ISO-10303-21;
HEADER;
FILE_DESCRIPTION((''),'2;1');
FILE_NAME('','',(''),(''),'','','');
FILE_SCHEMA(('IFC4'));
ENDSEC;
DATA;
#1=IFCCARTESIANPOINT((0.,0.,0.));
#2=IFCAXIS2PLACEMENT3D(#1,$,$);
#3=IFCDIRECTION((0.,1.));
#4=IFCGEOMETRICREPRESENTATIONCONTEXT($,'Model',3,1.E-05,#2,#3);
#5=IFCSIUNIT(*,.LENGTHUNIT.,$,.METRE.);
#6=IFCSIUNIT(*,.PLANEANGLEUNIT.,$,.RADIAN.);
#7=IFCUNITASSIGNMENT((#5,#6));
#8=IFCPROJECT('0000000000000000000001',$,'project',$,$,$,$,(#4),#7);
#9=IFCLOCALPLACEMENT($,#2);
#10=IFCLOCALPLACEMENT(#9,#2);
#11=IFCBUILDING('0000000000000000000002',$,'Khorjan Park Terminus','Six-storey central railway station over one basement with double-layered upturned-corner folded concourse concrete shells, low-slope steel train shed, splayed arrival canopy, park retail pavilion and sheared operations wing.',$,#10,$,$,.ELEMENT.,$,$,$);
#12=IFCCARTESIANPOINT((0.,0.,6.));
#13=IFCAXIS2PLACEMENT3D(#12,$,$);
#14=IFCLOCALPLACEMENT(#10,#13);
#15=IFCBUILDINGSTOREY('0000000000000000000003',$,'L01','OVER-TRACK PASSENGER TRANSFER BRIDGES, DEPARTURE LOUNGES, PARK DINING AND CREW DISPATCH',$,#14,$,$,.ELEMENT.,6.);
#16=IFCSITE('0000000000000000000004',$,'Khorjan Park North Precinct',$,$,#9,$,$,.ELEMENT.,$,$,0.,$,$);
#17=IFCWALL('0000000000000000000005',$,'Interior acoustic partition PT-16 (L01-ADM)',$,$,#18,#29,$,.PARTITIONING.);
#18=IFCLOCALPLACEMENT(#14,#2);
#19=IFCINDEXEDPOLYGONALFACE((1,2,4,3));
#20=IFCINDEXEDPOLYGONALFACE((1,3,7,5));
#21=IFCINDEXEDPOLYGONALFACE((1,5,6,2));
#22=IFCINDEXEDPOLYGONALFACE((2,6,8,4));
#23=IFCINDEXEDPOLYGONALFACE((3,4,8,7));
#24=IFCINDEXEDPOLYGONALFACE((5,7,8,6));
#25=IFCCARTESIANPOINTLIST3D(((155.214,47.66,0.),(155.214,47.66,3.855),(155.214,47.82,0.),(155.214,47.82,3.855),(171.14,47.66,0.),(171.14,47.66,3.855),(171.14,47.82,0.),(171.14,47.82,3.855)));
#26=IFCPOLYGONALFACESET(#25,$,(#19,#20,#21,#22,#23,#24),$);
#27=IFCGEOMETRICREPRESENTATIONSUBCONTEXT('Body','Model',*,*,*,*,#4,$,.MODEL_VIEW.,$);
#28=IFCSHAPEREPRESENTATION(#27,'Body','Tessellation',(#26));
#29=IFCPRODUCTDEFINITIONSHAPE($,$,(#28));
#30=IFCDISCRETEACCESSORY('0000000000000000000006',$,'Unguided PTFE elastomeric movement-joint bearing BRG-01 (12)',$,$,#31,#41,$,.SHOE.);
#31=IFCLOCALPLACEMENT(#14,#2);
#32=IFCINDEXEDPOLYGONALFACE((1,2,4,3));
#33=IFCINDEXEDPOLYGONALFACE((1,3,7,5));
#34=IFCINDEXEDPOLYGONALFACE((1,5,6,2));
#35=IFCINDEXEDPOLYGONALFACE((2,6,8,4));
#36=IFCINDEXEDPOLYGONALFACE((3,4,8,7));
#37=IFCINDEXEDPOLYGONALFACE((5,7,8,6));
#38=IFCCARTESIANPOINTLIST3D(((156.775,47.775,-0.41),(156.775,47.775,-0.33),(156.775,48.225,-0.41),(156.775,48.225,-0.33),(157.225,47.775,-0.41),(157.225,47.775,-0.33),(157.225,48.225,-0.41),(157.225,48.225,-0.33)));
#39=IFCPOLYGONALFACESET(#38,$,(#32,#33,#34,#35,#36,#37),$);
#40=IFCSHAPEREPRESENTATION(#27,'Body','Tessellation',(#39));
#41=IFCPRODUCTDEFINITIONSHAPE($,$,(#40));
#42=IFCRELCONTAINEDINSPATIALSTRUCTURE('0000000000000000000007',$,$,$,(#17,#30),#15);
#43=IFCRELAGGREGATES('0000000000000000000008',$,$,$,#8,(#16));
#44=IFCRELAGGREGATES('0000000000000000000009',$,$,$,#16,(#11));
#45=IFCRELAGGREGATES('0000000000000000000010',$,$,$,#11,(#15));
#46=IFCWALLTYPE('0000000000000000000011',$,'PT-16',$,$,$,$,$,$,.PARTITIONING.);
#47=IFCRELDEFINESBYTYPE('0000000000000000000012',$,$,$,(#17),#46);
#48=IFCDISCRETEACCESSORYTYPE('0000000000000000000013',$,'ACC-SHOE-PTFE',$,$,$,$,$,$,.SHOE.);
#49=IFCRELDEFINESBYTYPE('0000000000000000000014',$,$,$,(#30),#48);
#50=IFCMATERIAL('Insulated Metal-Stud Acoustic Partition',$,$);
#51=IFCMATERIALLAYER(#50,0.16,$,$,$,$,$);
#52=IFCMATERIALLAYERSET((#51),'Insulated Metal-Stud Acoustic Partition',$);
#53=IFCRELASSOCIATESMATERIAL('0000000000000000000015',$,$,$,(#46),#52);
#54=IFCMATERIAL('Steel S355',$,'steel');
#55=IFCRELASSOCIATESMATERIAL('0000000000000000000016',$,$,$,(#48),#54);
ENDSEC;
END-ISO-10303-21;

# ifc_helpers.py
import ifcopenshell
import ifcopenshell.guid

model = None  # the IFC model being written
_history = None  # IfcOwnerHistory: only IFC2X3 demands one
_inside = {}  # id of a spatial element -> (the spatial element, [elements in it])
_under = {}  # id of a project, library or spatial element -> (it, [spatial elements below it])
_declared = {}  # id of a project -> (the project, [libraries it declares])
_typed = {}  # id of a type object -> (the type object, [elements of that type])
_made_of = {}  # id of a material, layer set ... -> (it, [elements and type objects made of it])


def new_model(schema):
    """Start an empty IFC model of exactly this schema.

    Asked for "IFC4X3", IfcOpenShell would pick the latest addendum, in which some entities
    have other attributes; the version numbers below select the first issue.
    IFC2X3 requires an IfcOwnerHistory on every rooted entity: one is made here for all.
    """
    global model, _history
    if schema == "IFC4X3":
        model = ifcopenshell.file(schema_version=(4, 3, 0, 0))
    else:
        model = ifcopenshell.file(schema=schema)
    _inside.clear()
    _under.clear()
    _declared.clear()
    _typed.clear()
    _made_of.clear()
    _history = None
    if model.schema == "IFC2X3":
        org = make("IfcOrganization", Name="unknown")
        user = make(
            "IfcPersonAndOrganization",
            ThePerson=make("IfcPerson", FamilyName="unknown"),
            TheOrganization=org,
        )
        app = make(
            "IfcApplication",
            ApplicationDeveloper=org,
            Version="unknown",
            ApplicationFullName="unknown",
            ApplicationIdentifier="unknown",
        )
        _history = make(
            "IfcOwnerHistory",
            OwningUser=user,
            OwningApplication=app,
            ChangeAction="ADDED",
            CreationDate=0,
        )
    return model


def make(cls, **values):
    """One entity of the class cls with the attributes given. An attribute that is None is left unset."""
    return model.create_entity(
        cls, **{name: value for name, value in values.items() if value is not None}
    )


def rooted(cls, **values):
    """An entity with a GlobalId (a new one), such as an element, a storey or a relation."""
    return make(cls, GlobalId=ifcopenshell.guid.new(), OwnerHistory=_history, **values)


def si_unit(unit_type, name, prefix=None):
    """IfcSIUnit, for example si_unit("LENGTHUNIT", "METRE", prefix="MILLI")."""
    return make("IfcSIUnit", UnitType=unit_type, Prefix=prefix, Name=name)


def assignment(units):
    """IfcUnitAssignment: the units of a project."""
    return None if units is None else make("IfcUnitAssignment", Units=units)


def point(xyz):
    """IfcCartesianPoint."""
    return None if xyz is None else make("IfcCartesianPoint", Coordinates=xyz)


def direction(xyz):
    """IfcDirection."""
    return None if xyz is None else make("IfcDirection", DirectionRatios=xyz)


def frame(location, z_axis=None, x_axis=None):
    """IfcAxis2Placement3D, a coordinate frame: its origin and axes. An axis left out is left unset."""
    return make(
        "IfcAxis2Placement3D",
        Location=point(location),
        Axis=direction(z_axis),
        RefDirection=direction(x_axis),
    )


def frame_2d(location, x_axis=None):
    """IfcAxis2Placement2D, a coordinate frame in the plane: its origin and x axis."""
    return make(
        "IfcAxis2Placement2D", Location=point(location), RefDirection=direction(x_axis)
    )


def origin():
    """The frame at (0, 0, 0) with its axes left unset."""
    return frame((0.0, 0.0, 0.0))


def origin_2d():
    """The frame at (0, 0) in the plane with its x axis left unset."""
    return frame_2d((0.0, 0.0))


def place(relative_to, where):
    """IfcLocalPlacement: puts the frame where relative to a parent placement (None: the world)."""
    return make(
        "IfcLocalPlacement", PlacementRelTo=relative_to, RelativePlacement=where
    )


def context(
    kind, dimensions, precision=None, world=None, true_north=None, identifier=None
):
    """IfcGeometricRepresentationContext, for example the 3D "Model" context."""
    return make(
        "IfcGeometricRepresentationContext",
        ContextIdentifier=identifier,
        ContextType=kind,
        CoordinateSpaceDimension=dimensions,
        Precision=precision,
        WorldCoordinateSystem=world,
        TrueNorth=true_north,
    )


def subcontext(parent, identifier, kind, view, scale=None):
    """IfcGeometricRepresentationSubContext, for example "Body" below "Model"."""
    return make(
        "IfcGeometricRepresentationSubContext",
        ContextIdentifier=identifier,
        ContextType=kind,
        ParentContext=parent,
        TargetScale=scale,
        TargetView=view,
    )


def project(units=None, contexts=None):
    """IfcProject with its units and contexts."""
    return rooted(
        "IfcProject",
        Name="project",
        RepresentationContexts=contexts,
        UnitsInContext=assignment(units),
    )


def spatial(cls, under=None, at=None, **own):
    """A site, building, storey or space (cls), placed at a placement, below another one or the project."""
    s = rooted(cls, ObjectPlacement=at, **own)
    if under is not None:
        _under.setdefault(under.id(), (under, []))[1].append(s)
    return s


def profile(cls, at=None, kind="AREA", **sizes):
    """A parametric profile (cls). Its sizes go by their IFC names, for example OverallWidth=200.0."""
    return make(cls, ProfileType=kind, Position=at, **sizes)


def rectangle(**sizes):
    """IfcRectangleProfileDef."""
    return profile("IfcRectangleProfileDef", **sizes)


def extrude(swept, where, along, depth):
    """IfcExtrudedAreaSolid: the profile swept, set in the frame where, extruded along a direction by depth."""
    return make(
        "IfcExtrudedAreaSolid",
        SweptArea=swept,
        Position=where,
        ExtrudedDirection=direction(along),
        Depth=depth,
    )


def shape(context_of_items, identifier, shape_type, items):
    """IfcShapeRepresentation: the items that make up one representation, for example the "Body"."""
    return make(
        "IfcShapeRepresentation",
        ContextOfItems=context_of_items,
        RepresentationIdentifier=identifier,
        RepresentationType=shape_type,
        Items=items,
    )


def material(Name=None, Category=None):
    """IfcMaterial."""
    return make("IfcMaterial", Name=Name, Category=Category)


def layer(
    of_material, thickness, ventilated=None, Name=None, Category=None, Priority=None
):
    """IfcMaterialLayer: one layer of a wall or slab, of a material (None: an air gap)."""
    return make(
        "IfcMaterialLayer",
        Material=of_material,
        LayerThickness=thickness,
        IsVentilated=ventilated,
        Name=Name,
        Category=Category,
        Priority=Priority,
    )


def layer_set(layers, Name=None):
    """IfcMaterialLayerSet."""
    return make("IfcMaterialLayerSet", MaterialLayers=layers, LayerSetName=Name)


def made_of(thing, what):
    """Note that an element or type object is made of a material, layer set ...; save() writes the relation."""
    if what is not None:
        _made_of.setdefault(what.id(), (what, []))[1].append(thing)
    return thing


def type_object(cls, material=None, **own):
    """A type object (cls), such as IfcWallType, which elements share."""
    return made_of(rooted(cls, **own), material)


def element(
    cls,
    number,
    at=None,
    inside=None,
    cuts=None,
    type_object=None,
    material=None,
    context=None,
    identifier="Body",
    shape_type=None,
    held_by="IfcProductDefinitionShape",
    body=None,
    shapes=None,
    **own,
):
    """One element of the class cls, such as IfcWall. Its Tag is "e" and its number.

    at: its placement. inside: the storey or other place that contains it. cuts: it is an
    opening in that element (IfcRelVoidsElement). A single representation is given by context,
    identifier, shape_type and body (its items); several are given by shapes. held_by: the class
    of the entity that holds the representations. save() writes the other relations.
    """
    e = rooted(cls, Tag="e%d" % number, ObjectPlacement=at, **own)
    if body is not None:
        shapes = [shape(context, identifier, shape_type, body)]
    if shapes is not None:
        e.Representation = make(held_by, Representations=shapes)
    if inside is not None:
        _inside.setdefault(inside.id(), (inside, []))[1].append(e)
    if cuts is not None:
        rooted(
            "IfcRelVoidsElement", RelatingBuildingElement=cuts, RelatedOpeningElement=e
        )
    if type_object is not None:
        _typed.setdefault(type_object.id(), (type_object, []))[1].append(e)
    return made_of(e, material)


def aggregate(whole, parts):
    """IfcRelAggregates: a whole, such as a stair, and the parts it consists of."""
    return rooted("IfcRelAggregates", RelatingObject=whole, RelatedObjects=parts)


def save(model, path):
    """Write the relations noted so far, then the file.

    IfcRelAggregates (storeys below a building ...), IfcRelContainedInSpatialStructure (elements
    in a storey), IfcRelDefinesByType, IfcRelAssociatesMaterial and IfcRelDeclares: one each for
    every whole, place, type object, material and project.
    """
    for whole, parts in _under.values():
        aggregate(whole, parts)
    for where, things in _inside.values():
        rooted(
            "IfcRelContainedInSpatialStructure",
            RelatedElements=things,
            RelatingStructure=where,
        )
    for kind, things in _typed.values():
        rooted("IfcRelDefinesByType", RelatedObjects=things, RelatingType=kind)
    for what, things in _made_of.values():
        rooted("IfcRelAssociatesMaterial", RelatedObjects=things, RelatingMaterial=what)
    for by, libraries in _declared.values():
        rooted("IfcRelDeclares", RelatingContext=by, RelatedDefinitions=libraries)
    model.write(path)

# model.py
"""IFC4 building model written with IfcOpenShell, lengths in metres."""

from ifc_helpers import new_model, si_unit, direction, frame, frame_2d, origin, origin_2d, place, context, subcontext, project, spatial, rectangle, extrude, material, layer, layer_set, type_object, element, save


model = new_model("IFC4")

# Units and contexts
model_context = context("Model", 3, precision=1e-05, world=origin(), true_north=direction((0.0, 1.0)))
body_context = subcontext(model_context, "Body", "Model", "MODEL_VIEW")
ifc_project = project(units=[si_unit("LENGTHUNIT", "METRE"), si_unit("PLANEANGLEUNIT", "RADIAN")], contexts=[model_context])

# Site, building, storey
site_placement = place(None, origin())
site = spatial("IfcSite", under=ifc_project, at=site_placement, Name="Khorjan Park North Precinct", CompositionType="ELEMENT", RefElevation=0.0)
building_placement = place(site_placement, origin())
building = spatial("IfcBuilding", under=site, at=building_placement, Name="Khorjan Park Terminus", Description="Six-storey central railway station over one basement with double-layered upturned-corner folded concourse concrete shells, low-slope steel train shed, splayed arrival canopy, park retail pavilion and sheared operations wing.", CompositionType="ELEMENT")
storey_placement = place(building_placement, frame((0.0, 0.0, 6.0)))
storey = spatial("IfcBuildingStorey", under=building, at=storey_placement, Name="L01", Description="OVER-TRACK PASSENGER TRANSFER BRIDGES, DEPARTURE LOUNGES, PARK DINING AND CREW DISPATCH", CompositionType="ELEMENT", Elevation=6.0)

# Shared definitions
ifc_material_1 = material(Name="Steel S355", Category="steel")

# Wall
ifc_material_2 = material(Name="Insulated Metal-Stud Acoustic Partition")
ifc_layer_1 = layer(ifc_material_2, 0.16)
ifc_layer_set_1 = layer_set([ifc_layer_1], Name="Insulated Metal-Stud Acoustic Partition")
wall_type = type_object("IfcWallType", Name="PT-16", PredefinedType="PARTITIONING", material=ifc_layer_set_1)
wall_1_placement = place(storey_placement, frame((171.14, 47.74, 0.0), z_axis=(0.0, 0.0, 1.0), x_axis=(-1.0, 0.0, 0.0)))
element("IfcWall", 1, at=wall_1_placement, inside=storey, type_object=wall_type, Name="Interior acoustic partition PT-16 (L01-ADM)", PredefinedType="PARTITIONING", context=body_context, shape_type="SweptSolid", body=[
    extrude(rectangle(XDim=15.9259, YDim=0.16, at=frame_2d((7.963, 0.0))), origin(), (0.0, 0.0, 1.0), 3.855),
])

# Discrete accessory
discrete_accessory_type = type_object("IfcDiscreteAccessoryType", Name="ACC-SHOE-PTFE", PredefinedType="SHOE", material=ifc_material_1)
discrete_accessory_placement = place(storey_placement, frame((157.0, 48.0, -0.41), z_axis=(0.0, 0.0, 1.0), x_axis=(1.0, 0.0, 0.0)))
element("IfcDiscreteAccessory", 2, at=discrete_accessory_placement, inside=storey, type_object=discrete_accessory_type, Name="Unguided PTFE elastomeric movement-joint bearing BRG-01 (12)", PredefinedType="SHOE", context=body_context, shape_type="SweptSolid", body=[
    extrude(rectangle(XDim=0.45, YDim=0.45, at=origin_2d()), origin(), (0.0, 0.0, 1.0), 0.08),
])

save(model, "model.ifc")
